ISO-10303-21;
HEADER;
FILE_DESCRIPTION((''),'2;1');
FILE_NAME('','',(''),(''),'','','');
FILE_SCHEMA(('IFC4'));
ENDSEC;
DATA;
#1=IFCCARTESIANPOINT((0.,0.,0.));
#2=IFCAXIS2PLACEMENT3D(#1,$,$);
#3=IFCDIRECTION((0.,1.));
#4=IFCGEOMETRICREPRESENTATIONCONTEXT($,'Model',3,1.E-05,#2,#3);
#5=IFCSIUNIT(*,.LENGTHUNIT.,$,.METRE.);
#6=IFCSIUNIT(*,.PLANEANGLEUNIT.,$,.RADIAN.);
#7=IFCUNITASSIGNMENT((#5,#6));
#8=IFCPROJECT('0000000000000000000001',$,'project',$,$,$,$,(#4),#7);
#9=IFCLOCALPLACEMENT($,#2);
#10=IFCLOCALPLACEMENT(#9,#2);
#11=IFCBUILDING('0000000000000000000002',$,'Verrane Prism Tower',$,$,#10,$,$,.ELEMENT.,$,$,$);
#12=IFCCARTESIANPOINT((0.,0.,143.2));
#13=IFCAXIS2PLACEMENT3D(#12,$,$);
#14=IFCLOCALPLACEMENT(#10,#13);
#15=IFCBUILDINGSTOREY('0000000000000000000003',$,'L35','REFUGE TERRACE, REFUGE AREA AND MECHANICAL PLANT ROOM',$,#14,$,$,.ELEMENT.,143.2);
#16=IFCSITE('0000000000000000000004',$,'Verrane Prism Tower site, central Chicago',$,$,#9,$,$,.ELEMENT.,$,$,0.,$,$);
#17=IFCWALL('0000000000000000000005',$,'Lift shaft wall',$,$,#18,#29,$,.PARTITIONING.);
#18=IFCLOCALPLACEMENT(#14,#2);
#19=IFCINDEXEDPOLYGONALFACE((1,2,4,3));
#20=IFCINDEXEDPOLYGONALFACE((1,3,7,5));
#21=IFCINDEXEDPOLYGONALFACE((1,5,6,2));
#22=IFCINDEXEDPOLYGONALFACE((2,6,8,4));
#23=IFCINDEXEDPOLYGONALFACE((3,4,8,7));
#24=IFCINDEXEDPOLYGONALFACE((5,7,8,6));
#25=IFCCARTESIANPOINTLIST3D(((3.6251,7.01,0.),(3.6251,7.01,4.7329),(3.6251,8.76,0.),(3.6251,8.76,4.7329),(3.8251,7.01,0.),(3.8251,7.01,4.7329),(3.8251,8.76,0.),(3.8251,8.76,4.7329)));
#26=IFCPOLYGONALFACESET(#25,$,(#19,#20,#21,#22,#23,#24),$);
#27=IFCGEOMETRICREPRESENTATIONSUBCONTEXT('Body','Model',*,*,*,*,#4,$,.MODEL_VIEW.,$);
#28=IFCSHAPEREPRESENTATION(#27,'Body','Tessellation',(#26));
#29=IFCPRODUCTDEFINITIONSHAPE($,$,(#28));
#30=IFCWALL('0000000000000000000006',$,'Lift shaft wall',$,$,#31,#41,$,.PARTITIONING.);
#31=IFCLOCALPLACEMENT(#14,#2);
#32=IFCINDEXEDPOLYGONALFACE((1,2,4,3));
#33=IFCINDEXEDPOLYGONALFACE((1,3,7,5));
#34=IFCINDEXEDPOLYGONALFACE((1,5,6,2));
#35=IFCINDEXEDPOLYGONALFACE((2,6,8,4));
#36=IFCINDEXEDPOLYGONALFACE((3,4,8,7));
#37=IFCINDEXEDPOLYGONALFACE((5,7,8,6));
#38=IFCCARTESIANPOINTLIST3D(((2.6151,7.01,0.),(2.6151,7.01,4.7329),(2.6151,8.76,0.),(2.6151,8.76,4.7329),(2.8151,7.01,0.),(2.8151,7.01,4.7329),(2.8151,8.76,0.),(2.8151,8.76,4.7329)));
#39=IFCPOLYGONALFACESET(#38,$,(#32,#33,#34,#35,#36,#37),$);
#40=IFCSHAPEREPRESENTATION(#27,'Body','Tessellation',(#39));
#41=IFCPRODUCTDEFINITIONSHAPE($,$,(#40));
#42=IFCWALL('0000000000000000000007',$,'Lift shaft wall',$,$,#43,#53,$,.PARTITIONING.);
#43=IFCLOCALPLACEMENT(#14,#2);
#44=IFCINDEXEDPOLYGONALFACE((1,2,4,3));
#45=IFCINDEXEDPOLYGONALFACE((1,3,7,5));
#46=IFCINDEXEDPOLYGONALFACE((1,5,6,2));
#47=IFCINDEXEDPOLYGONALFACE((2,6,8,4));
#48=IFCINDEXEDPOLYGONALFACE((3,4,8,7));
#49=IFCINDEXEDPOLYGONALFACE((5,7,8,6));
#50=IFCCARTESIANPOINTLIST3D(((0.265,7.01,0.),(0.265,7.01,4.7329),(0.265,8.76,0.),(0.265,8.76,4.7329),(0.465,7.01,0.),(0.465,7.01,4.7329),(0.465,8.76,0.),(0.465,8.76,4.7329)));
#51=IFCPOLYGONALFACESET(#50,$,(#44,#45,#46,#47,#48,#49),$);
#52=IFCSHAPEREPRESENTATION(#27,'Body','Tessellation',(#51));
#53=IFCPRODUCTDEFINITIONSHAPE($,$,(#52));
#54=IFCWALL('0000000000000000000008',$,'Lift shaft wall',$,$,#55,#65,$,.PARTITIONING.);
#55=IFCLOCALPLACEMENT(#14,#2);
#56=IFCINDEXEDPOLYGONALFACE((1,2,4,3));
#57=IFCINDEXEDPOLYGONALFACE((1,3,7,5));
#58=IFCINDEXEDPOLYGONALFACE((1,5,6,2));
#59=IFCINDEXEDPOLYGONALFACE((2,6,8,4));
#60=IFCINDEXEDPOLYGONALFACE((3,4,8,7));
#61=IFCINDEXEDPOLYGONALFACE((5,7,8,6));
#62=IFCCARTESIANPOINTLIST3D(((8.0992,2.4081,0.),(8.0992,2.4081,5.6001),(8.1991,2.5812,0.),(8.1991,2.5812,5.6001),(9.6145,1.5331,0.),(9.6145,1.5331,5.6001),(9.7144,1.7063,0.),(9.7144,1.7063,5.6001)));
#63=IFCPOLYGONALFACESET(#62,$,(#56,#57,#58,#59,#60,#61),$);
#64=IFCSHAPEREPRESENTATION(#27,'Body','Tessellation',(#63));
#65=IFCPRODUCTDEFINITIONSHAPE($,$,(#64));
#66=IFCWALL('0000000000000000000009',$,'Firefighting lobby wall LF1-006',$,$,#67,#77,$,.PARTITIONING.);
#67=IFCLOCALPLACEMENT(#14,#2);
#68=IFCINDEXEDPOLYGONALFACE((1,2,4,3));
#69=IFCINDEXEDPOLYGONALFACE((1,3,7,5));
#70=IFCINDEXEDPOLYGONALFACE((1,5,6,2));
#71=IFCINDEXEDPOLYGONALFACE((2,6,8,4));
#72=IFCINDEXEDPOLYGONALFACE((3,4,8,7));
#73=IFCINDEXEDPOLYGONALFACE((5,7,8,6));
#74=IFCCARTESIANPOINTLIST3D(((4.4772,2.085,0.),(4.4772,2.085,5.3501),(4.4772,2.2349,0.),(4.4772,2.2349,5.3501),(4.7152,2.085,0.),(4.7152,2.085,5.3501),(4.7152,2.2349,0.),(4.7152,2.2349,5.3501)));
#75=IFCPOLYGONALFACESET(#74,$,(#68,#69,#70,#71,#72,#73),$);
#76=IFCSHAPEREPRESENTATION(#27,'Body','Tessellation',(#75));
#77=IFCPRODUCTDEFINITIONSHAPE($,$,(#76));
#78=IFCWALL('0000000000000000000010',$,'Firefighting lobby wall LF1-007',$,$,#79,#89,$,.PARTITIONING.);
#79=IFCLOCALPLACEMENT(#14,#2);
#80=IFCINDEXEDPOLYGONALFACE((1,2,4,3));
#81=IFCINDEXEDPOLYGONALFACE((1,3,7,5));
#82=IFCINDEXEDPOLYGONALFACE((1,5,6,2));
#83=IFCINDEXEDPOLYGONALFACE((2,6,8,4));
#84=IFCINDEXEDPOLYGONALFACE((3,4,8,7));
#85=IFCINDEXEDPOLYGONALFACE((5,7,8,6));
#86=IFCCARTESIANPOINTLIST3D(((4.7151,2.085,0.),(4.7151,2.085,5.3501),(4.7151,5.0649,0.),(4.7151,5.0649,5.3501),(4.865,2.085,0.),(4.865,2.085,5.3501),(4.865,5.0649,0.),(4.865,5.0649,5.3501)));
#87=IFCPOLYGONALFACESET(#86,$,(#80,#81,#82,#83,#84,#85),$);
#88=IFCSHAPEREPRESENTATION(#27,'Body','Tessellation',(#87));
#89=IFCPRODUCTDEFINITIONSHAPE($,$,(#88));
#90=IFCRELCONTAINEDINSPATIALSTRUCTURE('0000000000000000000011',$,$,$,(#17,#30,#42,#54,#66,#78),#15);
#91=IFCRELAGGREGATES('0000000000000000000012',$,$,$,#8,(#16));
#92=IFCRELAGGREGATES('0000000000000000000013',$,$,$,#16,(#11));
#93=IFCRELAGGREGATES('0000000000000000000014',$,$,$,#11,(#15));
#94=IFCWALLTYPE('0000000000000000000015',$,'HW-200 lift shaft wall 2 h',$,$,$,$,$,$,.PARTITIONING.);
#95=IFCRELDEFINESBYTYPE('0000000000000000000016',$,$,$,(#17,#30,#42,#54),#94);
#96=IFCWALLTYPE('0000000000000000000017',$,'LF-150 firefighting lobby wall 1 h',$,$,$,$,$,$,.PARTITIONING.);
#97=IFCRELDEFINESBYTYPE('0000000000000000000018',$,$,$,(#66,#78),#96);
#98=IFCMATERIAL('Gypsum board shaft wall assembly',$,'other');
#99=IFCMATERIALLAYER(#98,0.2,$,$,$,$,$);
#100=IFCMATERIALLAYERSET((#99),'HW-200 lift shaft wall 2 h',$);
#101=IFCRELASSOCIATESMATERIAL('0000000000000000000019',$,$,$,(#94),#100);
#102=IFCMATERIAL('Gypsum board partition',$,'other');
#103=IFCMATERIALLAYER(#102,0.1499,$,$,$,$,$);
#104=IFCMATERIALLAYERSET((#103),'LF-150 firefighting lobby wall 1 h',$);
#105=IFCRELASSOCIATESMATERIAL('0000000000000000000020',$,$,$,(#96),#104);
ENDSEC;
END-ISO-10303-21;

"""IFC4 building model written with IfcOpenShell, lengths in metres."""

from ifc_helpers import new_model, si_unit, direction, frame, frame_2d, origin, place, context, subcontext, project, spatial, rectangle, extrude, material, layer, layer_set, type_object, element, save


model = new_model("IFC4")

# Units and contexts
model_context = context("Model", 3, precision=1e-05, world=origin(), true_north=direction((0.0, 1.0)))
body_context = subcontext(model_context, "Body", "Model", "MODEL_VIEW")
ifc_project = project(units=[si_unit("LENGTHUNIT", "METRE"), si_unit("PLANEANGLEUNIT", "RADIAN")], contexts=[model_context])

# Site, building, storey
site_placement = place(None, origin())
site = spatial("IfcSite", under=ifc_project, at=site_placement, Name="Verrane Prism Tower site, central Chicago", CompositionType="ELEMENT", RefElevation=0.0)
building_placement = place(site_placement, origin())
building = spatial("IfcBuilding", under=site, at=building_placement, Name="Verrane Prism Tower", CompositionType="ELEMENT")
storey_placement = place(building_placement, frame((0.0, 0.0, 143.2)))
storey = spatial("IfcBuildingStorey", under=building, at=storey_placement, Name="L35", Description="REFUGE TERRACE, REFUGE AREA AND MECHANICAL PLANT ROOM", CompositionType="ELEMENT", Elevation=143.2)

# Shared definitions
ifc_material_1 = material(Name="Gypsum board shaft wall assembly", Category="other")
ifc_layer_1 = layer(ifc_material_1, 0.2)
ifc_layer_set_1 = layer_set([ifc_layer_1], Name="HW-200 lift shaft wall 2 h")
wall_type_1 = type_object("IfcWallType", Name="HW-200 lift shaft wall 2 h", PredefinedType="PARTITIONING", material=ifc_layer_set_1)

# Walls
for number, where, z_axis, x_axis, name in (
    (1, (3.7251, 7.01, 0.0), (0.0, 0.0, 1.0), (0.0, 1.0, 0.0), "Lift shaft wall"),
    (2, (2.7151, 7.01, 0.0), (0.0, 0.0, 1.0), (0.0, 1.0, 0.0), "Lift shaft wall"),
    (3, (0.365, 7.01, 0.0), (0.0, 0.0, 1.0), (0.0, 1.0, 0.0), "Lift shaft wall"),
):
    element("IfcWall", number, at=place(storey_placement, frame(where, z_axis=z_axis, x_axis=x_axis)), inside=storey, type_object=wall_type_1, Name=name, PredefinedType="PARTITIONING", context=body_context, shape_type="SweptSolid", body=[
        extrude(rectangle(XDim=1.75, YDim=0.2, at=frame_2d((0.875, 0.0))), origin(), (0.0, 0.0, 1.0), 4.7329),
    ])
wall_1_placement = place(storey_placement, frame((9.6646, 1.6196, 0.0), z_axis=(0.0, 0.0, 1.0), x_axis=(-0.866002, 0.50004, 0.0)))
element("IfcWall", 4, at=wall_1_placement, inside=storey, type_object=wall_type_1, Name="Lift shaft wall", PredefinedType="PARTITIONING", context=body_context, shape_type="SweptSolid", body=[
    extrude(rectangle(XDim=1.7498, YDim=0.2, at=frame_2d((0.875, 0.0))), origin(), (0.0, 0.0, 1.0), 5.6001),
])
ifc_material_2 = material(Name="Gypsum board partition", Category="other")
ifc_layer_2 = layer(ifc_material_2, 0.1499)
ifc_layer_set_2 = layer_set([ifc_layer_2], Name="LF-150 firefighting lobby wall 1 h")
wall_type_2 = type_object("IfcWallType", Name="LF-150 firefighting lobby wall 1 h", PredefinedType="PARTITIONING", material=ifc_layer_set_2)
wall_2_placement = place(storey_placement, frame((4.4771, 2.1599, 0.0), z_axis=(0.0, 0.0, 1.0), x_axis=(1.0, 0.0, 0.0)))
element("IfcWall", 5, at=wall_2_placement, inside=storey, type_object=wall_type_2, Name="Firefighting lobby wall LF1-006", PredefinedType="PARTITIONING", context=body_context, shape_type="SweptSolid", body=[
    extrude(rectangle(XDim=0.238, YDim=0.1499, at=frame_2d((0.1191, 0.0))), origin(), (0.0, 0.0, 1.0), 5.3501),
])
wall_3_placement = place(storey_placement, frame((4.79, 2.085, 0.0), z_axis=(0.0, 0.0, 1.0), x_axis=(0.0, 1.0, 0.0)))
element("IfcWall", 6, at=wall_3_placement, inside=storey, type_object=wall_type_2, Name="Firefighting lobby wall LF1-007", PredefinedType="PARTITIONING", context=body_context, shape_type="SweptSolid", body=[
    extrude(rectangle(XDim=2.98, YDim=0.1499, at=frame_2d((1.49, 0.0))), origin(), (0.0, 0.0, 1.0), 5.3501),
])

save(model, "model.ifc")
